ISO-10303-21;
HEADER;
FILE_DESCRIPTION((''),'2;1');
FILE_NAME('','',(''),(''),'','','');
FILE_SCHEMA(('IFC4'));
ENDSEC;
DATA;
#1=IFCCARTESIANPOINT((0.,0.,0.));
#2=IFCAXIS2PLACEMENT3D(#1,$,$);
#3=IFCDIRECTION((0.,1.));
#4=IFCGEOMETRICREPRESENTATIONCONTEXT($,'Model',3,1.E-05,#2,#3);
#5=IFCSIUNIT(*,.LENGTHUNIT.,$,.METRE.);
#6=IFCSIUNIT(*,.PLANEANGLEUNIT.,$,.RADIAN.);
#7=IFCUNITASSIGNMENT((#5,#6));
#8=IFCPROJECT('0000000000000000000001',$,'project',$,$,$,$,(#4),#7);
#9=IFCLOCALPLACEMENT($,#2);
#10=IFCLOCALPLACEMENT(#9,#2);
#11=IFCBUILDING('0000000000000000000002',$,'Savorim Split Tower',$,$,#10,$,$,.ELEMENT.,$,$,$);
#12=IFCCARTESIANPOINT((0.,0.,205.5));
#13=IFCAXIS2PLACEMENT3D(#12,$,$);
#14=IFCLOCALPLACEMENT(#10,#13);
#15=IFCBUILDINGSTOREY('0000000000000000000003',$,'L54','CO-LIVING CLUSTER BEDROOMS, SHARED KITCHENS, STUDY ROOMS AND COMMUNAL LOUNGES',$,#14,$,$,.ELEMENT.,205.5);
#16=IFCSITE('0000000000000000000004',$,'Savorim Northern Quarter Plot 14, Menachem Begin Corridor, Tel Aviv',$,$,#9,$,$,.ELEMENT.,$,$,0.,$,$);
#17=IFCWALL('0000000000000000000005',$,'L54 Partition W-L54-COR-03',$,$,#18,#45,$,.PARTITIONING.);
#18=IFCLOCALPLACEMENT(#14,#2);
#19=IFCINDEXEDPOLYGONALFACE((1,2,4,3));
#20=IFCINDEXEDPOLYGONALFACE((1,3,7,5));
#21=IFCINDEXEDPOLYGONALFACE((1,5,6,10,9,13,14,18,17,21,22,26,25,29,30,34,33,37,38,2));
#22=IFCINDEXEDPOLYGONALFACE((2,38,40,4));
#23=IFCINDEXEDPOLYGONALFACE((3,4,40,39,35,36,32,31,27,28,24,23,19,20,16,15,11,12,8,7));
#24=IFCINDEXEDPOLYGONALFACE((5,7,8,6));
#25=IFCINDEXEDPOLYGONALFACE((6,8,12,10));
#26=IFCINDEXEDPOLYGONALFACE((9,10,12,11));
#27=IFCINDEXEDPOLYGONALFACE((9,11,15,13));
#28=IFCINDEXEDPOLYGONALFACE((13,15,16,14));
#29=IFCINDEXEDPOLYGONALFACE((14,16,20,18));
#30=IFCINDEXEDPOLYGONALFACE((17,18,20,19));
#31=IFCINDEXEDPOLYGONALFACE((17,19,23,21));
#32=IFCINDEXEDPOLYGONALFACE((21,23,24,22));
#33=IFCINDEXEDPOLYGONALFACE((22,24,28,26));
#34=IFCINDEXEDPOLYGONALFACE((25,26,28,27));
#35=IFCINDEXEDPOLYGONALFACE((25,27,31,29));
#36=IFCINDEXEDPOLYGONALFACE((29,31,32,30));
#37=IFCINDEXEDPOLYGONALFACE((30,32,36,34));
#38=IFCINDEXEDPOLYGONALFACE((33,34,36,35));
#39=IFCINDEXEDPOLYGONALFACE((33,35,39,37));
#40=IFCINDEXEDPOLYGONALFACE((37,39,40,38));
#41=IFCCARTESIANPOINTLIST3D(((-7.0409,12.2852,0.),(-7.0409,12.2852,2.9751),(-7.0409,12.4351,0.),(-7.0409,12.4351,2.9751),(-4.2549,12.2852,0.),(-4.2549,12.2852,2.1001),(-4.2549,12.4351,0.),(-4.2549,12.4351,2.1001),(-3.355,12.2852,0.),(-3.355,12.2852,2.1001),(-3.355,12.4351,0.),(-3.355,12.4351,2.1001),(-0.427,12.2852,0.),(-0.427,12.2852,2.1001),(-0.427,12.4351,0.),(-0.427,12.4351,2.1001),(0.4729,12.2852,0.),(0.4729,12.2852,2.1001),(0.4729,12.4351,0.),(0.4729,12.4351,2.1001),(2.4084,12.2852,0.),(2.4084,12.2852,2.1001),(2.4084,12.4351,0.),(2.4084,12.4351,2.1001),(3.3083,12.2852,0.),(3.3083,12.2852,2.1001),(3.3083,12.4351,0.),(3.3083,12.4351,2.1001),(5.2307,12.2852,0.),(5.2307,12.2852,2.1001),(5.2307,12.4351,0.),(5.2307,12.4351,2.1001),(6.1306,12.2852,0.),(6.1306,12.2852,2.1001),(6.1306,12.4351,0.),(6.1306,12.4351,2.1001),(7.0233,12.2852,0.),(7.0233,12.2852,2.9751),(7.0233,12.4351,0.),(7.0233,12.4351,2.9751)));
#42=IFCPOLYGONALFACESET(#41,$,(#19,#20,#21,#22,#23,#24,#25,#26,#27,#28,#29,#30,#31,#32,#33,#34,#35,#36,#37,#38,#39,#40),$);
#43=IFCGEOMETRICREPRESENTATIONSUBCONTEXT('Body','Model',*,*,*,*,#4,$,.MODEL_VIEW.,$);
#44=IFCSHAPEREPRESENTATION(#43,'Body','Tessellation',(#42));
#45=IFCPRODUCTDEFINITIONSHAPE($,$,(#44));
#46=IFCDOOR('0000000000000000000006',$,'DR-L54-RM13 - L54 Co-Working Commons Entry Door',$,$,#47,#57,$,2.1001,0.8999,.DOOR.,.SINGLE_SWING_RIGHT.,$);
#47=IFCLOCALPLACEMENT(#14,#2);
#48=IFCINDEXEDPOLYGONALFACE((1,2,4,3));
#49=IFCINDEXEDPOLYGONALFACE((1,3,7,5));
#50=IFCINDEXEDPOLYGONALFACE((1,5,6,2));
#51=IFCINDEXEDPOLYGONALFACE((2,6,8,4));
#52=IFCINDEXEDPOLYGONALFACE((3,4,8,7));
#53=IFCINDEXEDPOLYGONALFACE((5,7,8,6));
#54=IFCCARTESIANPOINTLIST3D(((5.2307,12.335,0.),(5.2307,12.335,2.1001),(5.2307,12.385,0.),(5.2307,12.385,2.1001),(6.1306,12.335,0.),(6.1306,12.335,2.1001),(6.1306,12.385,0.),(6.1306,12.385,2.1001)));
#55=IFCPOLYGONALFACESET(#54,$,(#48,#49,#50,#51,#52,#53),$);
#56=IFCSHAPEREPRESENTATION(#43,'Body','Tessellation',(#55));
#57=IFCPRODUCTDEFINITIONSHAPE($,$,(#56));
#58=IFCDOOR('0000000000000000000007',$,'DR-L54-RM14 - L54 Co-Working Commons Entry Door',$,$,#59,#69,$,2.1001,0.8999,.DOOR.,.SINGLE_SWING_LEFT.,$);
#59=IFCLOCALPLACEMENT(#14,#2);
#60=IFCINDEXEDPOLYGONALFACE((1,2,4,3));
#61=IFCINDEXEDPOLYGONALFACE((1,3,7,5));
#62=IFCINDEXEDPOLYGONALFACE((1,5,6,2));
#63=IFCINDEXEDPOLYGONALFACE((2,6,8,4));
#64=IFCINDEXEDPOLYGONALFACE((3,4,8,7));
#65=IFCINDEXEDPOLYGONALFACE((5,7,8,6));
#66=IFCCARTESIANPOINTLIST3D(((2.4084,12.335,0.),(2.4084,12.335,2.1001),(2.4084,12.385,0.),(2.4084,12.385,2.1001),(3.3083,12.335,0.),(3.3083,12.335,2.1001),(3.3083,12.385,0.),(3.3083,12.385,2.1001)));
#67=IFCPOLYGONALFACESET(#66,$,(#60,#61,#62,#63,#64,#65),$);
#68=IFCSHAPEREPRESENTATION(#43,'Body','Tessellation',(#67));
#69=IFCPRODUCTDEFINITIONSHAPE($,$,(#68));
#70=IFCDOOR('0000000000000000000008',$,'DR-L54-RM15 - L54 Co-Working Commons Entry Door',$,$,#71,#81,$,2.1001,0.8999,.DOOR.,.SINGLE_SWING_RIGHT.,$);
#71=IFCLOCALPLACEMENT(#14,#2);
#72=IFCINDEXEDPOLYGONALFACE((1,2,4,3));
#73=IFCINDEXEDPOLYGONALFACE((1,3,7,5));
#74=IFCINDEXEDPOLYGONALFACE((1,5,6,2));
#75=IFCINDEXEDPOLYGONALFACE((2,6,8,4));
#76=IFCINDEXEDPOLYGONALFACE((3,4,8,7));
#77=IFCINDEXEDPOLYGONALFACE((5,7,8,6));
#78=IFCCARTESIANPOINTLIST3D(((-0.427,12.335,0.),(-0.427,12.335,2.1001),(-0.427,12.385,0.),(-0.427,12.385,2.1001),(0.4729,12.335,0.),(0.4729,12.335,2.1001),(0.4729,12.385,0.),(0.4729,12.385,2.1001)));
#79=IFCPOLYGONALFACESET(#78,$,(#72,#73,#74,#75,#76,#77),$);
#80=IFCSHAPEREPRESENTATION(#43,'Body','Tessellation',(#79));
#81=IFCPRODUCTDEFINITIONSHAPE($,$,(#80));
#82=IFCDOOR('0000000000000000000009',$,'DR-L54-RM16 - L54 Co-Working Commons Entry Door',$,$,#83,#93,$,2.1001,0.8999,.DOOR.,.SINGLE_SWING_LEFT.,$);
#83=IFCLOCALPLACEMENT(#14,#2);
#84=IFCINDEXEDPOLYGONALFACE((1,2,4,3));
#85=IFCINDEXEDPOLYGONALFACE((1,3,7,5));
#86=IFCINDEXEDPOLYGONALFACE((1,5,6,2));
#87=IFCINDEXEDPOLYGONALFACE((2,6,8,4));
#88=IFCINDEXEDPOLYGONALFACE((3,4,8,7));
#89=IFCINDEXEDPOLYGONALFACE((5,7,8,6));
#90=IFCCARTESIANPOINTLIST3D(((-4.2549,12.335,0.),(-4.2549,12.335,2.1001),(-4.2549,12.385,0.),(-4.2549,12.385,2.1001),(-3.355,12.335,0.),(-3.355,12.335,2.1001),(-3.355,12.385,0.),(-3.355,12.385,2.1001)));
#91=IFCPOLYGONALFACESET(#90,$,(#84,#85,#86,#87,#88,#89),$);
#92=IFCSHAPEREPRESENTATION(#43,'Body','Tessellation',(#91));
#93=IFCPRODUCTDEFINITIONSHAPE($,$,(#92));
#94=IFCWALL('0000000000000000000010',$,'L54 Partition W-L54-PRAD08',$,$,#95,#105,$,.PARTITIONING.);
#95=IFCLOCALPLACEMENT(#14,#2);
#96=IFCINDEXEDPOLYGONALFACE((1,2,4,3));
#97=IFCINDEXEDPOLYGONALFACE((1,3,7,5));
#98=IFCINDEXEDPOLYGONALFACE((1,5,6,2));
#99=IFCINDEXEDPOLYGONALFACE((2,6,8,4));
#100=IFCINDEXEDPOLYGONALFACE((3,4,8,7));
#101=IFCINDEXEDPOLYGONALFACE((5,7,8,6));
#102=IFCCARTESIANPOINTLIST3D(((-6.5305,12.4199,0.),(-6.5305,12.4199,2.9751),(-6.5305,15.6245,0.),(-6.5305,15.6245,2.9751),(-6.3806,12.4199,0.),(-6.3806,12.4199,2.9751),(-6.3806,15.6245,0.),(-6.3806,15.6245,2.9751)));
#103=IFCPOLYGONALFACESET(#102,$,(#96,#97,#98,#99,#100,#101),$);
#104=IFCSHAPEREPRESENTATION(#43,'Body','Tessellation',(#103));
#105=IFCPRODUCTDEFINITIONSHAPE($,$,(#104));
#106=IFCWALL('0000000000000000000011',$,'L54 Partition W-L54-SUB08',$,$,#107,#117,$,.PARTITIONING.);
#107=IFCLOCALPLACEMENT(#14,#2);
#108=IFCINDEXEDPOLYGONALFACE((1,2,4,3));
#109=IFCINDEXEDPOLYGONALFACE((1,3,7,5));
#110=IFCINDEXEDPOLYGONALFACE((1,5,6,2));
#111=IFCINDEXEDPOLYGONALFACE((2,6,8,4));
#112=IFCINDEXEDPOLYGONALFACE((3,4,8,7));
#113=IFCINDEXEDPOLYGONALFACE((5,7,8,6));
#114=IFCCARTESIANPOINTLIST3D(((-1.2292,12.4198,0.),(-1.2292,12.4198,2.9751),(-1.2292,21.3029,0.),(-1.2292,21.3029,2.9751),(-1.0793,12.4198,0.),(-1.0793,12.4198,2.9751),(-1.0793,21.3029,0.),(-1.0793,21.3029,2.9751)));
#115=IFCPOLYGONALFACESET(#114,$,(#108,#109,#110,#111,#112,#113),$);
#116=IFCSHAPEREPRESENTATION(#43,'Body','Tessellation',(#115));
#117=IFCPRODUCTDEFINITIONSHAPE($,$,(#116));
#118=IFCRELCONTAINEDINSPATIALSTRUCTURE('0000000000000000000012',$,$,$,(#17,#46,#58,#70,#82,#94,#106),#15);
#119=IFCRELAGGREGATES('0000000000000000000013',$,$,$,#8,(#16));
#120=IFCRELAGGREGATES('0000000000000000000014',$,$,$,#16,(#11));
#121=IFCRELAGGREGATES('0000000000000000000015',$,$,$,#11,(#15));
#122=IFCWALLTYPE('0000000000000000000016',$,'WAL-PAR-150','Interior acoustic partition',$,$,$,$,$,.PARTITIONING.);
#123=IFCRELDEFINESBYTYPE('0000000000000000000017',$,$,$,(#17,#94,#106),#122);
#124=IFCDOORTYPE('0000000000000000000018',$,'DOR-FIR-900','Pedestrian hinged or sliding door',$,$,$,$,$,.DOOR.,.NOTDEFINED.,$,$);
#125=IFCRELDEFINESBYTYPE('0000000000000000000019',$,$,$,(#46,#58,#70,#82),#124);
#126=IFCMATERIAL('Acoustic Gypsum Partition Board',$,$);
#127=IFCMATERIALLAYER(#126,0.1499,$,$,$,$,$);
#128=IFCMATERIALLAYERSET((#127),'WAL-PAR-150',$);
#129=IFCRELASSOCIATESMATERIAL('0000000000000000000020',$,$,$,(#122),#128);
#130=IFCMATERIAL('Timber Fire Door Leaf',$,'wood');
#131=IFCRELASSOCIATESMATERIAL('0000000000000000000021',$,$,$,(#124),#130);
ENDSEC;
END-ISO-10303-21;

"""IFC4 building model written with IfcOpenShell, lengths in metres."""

from ifc_helpers import new_model, si_unit, direction, frame, frame_2d, origin, place, context, subcontext, project, spatial, rectangle, extrude, material, layer, layer_set, type_object, element, fill, save


model = new_model("IFC4")

# Units and contexts
model_context = context("Model", 3, precision=1e-05, world=origin(), true_north=direction((0.0, 1.0)))
body_context = subcontext(model_context, "Body", "Model", "MODEL_VIEW")
ifc_project = project(units=[si_unit("LENGTHUNIT", "METRE"), si_unit("PLANEANGLEUNIT", "RADIAN")], contexts=[model_context])

# Site, building, storey
site_placement = place(None, origin())
site = spatial("IfcSite", under=ifc_project, at=site_placement, Name="Savorim Northern Quarter Plot 14, Menachem Begin Corridor, Tel Aviv", CompositionType="ELEMENT", RefElevation=0.0)
building_placement = place(site_placement, origin())
building = spatial("IfcBuilding", under=site, at=building_placement, Name="Savorim Split Tower", CompositionType="ELEMENT")
storey_placement = place(building_placement, frame((0.0, 0.0, 205.5)))
storey = spatial("IfcBuildingStorey", under=building, at=storey_placement, Name="L54", Description="CO-LIVING CLUSTER BEDROOMS, SHARED KITCHENS, STUDY ROOMS AND COMMUNAL LOUNGES", CompositionType="ELEMENT", Elevation=205.5)

# Shared definitions
ifc_material_1 = material(Name="Acoustic Gypsum Partition Board")
ifc_layer_1 = layer(ifc_material_1, 0.1499)
ifc_layer_set_1 = layer_set([ifc_layer_1], Name="WAL-PAR-150")
wall_type_1 = type_object("IfcWallType", Name="WAL-PAR-150", Description="Interior acoustic partition", PredefinedType="PARTITIONING", material=ifc_layer_set_1)

# Wall, openings, doors
wall_1_placement = place(storey_placement, frame((-7.041, 12.3601, 0.0), z_axis=(0.0, 0.0, 1.0), x_axis=(1.0, 0.0, 0.0)))
wall_1 = element("IfcWall", 1, at=wall_1_placement, inside=storey, type_object=wall_type_1, Name="L54 Partition W-L54-COR-03", PredefinedType="PARTITIONING", context=body_context, shape_type="SweptSolid", body=[
    extrude(rectangle(XDim=14.0642, YDim=0.1499, at=frame_2d((7.0322, 0.0))), origin(), (0.0, 0.0, 1.0), 2.9751),
])
opening_1_placement = place(wall_1_placement, frame((12.2717, 0.0, 0.0)))
opening_1 = element("IfcOpeningElement", 2, at=opening_1_placement, cuts=wall_1, PredefinedType="OPENING", context=body_context, shape_type="SweptSolid", body=[
    extrude(rectangle(XDim=0.8999, YDim=2.1001, at=frame_2d((0.45, 1.05))), frame((0.0, 0.085, 0.0), z_axis=(0.0, -1.0, 0.0), x_axis=(1.0, 0.0, 0.0)), (0.0, 0.0, 1.0), 0.1699),
])
opening_2_placement = place(wall_1_placement, frame((9.4495, 0.0, 0.0)))
opening_2 = element("IfcOpeningElement", 3, at=opening_2_placement, cuts=wall_1, PredefinedType="OPENING", context=body_context, shape_type="SweptSolid", body=[
    extrude(rectangle(XDim=0.8999, YDim=2.1001, at=frame_2d((0.45, 1.05))), frame((0.0, 0.085, 0.0), z_axis=(0.0, -1.0, 0.0), x_axis=(1.0, 0.0, 0.0)), (0.0, 0.0, 1.0), 0.1699),
])
opening_3_placement = place(wall_1_placement, frame((6.614, 0.0, 0.0)))
opening_3 = element("IfcOpeningElement", 4, at=opening_3_placement, cuts=wall_1, PredefinedType="OPENING", context=body_context, shape_type="SweptSolid", body=[
    extrude(rectangle(XDim=0.8999, YDim=2.1001, at=frame_2d((0.45, 1.05))), frame((0.0, 0.085, 0.0), z_axis=(0.0, -1.0, 0.0), x_axis=(1.0, 0.0, 0.0)), (0.0, 0.0, 1.0), 0.1699),
])
opening_4_placement = place(wall_1_placement, frame((2.7861, 0.0, 0.0)))
opening_4 = element("IfcOpeningElement", 5, at=opening_4_placement, cuts=wall_1, PredefinedType="OPENING", context=body_context, shape_type="SweptSolid", body=[
    extrude(rectangle(XDim=0.8999, YDim=2.1001, at=frame_2d((0.45, 1.05))), frame((0.0, 0.085, 0.0), z_axis=(0.0, -1.0, 0.0), x_axis=(1.0, 0.0, 0.0)), (0.0, 0.0, 1.0), 0.1699),
])
ifc_material_2 = material(Name="Timber Fire Door Leaf", Category="wood")
door_type_1 = type_object("IfcDoorType", Name="DOR-FIR-900", Description="Pedestrian hinged or sliding door", OperationType="NOTDEFINED", PredefinedType="DOOR", material=ifc_material_2)
door_1_placement = place(opening_1_placement, origin())
door_1 = element("IfcDoor", 6, at=door_1_placement, inside=storey, type_object=door_type_1, Name="DR-L54-RM13 - L54 Co-Working Commons Entry Door", OperationType="SINGLE_SWING_RIGHT", OverallHeight=2.1001, OverallWidth=0.8999, PredefinedType="DOOR", context=body_context, shape_type="SweptSolid", body=[
    extrude(rectangle(XDim=0.8999, YDim=2.1001, at=frame_2d((0.45, 1.05))), frame((0.0, 0.0249, 0.0), z_axis=(0.0, -1.0, 0.0), x_axis=(1.0, 0.0, 0.0)), (0.0, 0.0, 1.0), 0.05),
])
fill(opening_1, door_1)
door_2_placement = place(opening_2_placement, origin())
door_2 = element("IfcDoor", 7, at=door_2_placement, inside=storey, type_object=door_type_1, Name="DR-L54-RM14 - L54 Co-Working Commons Entry Door", OperationType="SINGLE_SWING_LEFT", OverallHeight=2.1001, OverallWidth=0.8999, PredefinedType="DOOR", context=body_context, shape_type="SweptSolid", body=[
    extrude(rectangle(XDim=0.8999, YDim=2.1001, at=frame_2d((0.45, 1.05))), frame((0.0, 0.0249, 0.0), z_axis=(0.0, -1.0, 0.0), x_axis=(1.0, 0.0, 0.0)), (0.0, 0.0, 1.0), 0.05),
])
fill(opening_2, door_2)
door_3_placement = place(opening_3_placement, origin())
door_3 = element("IfcDoor", 8, at=door_3_placement, inside=storey, type_object=door_type_1, Name="DR-L54-RM15 - L54 Co-Working Commons Entry Door", OperationType="SINGLE_SWING_RIGHT", OverallHeight=2.1001, OverallWidth=0.8999, PredefinedType="DOOR", context=body_context, shape_type="SweptSolid", body=[
    extrude(rectangle(XDim=0.8999, YDim=2.1001, at=frame_2d((0.45, 1.05))), frame((0.0, 0.0249, 0.0), z_axis=(0.0, -1.0, 0.0), x_axis=(1.0, 0.0, 0.0)), (0.0, 0.0, 1.0), 0.05),
])
fill(opening_3, door_3)
door_4_placement = place(opening_4_placement, origin())
door_4 = element("IfcDoor", 9, at=door_4_placement, inside=storey, type_object=door_type_1, Name="DR-L54-RM16 - L54 Co-Working Commons Entry Door", OperationType="SINGLE_SWING_LEFT", OverallHeight=2.1001, OverallWidth=0.8999, PredefinedType="DOOR", context=body_context, shape_type="SweptSolid", body=[
    extrude(rectangle(XDim=0.8999, YDim=2.1001, at=frame_2d((0.45, 1.05))), frame((0.0, 0.0249, 0.0), z_axis=(0.0, -1.0, 0.0), x_axis=(1.0, 0.0, 0.0)), (0.0, 0.0, 1.0), 0.05),
])
fill(opening_4, door_4)

# Walls
wall_2_placement = place(storey_placement, frame((-6.4556, 12.4199, 0.0), z_axis=(0.0, 0.0, 1.0), x_axis=(0.0, 1.0, 0.0)))
element("IfcWall", 10, at=wall_2_placement, inside=storey, type_object=wall_type_1, Name="L54 Partition W-L54-PRAD08", PredefinedType="PARTITIONING", context=body_context, shape_type="SweptSolid", body=[
    extrude(rectangle(XDim=3.2046, YDim=0.1499, at=frame_2d((1.6023, 0.0))), origin(), (0.0, 0.0, 1.0), 2.9751),
])
wall_3_placement = place(storey_placement, frame((-1.1543, 12.4199, 0.0), z_axis=(0.0, 0.0, 1.0), x_axis=(0.0, 1.0, 0.0)))
element("IfcWall", 11, at=wall_3_placement, inside=storey, type_object=wall_type_1, Name="L54 Partition W-L54-SUB08", PredefinedType="PARTITIONING", context=body_context, shape_type="SweptSolid", body=[
    extrude(rectangle(XDim=8.8831, YDim=0.1499, at=frame_2d((4.4414, 0.0))), origin(), (0.0, 0.0, 1.0), 2.9751),
])

save(model, "model.ifc")
